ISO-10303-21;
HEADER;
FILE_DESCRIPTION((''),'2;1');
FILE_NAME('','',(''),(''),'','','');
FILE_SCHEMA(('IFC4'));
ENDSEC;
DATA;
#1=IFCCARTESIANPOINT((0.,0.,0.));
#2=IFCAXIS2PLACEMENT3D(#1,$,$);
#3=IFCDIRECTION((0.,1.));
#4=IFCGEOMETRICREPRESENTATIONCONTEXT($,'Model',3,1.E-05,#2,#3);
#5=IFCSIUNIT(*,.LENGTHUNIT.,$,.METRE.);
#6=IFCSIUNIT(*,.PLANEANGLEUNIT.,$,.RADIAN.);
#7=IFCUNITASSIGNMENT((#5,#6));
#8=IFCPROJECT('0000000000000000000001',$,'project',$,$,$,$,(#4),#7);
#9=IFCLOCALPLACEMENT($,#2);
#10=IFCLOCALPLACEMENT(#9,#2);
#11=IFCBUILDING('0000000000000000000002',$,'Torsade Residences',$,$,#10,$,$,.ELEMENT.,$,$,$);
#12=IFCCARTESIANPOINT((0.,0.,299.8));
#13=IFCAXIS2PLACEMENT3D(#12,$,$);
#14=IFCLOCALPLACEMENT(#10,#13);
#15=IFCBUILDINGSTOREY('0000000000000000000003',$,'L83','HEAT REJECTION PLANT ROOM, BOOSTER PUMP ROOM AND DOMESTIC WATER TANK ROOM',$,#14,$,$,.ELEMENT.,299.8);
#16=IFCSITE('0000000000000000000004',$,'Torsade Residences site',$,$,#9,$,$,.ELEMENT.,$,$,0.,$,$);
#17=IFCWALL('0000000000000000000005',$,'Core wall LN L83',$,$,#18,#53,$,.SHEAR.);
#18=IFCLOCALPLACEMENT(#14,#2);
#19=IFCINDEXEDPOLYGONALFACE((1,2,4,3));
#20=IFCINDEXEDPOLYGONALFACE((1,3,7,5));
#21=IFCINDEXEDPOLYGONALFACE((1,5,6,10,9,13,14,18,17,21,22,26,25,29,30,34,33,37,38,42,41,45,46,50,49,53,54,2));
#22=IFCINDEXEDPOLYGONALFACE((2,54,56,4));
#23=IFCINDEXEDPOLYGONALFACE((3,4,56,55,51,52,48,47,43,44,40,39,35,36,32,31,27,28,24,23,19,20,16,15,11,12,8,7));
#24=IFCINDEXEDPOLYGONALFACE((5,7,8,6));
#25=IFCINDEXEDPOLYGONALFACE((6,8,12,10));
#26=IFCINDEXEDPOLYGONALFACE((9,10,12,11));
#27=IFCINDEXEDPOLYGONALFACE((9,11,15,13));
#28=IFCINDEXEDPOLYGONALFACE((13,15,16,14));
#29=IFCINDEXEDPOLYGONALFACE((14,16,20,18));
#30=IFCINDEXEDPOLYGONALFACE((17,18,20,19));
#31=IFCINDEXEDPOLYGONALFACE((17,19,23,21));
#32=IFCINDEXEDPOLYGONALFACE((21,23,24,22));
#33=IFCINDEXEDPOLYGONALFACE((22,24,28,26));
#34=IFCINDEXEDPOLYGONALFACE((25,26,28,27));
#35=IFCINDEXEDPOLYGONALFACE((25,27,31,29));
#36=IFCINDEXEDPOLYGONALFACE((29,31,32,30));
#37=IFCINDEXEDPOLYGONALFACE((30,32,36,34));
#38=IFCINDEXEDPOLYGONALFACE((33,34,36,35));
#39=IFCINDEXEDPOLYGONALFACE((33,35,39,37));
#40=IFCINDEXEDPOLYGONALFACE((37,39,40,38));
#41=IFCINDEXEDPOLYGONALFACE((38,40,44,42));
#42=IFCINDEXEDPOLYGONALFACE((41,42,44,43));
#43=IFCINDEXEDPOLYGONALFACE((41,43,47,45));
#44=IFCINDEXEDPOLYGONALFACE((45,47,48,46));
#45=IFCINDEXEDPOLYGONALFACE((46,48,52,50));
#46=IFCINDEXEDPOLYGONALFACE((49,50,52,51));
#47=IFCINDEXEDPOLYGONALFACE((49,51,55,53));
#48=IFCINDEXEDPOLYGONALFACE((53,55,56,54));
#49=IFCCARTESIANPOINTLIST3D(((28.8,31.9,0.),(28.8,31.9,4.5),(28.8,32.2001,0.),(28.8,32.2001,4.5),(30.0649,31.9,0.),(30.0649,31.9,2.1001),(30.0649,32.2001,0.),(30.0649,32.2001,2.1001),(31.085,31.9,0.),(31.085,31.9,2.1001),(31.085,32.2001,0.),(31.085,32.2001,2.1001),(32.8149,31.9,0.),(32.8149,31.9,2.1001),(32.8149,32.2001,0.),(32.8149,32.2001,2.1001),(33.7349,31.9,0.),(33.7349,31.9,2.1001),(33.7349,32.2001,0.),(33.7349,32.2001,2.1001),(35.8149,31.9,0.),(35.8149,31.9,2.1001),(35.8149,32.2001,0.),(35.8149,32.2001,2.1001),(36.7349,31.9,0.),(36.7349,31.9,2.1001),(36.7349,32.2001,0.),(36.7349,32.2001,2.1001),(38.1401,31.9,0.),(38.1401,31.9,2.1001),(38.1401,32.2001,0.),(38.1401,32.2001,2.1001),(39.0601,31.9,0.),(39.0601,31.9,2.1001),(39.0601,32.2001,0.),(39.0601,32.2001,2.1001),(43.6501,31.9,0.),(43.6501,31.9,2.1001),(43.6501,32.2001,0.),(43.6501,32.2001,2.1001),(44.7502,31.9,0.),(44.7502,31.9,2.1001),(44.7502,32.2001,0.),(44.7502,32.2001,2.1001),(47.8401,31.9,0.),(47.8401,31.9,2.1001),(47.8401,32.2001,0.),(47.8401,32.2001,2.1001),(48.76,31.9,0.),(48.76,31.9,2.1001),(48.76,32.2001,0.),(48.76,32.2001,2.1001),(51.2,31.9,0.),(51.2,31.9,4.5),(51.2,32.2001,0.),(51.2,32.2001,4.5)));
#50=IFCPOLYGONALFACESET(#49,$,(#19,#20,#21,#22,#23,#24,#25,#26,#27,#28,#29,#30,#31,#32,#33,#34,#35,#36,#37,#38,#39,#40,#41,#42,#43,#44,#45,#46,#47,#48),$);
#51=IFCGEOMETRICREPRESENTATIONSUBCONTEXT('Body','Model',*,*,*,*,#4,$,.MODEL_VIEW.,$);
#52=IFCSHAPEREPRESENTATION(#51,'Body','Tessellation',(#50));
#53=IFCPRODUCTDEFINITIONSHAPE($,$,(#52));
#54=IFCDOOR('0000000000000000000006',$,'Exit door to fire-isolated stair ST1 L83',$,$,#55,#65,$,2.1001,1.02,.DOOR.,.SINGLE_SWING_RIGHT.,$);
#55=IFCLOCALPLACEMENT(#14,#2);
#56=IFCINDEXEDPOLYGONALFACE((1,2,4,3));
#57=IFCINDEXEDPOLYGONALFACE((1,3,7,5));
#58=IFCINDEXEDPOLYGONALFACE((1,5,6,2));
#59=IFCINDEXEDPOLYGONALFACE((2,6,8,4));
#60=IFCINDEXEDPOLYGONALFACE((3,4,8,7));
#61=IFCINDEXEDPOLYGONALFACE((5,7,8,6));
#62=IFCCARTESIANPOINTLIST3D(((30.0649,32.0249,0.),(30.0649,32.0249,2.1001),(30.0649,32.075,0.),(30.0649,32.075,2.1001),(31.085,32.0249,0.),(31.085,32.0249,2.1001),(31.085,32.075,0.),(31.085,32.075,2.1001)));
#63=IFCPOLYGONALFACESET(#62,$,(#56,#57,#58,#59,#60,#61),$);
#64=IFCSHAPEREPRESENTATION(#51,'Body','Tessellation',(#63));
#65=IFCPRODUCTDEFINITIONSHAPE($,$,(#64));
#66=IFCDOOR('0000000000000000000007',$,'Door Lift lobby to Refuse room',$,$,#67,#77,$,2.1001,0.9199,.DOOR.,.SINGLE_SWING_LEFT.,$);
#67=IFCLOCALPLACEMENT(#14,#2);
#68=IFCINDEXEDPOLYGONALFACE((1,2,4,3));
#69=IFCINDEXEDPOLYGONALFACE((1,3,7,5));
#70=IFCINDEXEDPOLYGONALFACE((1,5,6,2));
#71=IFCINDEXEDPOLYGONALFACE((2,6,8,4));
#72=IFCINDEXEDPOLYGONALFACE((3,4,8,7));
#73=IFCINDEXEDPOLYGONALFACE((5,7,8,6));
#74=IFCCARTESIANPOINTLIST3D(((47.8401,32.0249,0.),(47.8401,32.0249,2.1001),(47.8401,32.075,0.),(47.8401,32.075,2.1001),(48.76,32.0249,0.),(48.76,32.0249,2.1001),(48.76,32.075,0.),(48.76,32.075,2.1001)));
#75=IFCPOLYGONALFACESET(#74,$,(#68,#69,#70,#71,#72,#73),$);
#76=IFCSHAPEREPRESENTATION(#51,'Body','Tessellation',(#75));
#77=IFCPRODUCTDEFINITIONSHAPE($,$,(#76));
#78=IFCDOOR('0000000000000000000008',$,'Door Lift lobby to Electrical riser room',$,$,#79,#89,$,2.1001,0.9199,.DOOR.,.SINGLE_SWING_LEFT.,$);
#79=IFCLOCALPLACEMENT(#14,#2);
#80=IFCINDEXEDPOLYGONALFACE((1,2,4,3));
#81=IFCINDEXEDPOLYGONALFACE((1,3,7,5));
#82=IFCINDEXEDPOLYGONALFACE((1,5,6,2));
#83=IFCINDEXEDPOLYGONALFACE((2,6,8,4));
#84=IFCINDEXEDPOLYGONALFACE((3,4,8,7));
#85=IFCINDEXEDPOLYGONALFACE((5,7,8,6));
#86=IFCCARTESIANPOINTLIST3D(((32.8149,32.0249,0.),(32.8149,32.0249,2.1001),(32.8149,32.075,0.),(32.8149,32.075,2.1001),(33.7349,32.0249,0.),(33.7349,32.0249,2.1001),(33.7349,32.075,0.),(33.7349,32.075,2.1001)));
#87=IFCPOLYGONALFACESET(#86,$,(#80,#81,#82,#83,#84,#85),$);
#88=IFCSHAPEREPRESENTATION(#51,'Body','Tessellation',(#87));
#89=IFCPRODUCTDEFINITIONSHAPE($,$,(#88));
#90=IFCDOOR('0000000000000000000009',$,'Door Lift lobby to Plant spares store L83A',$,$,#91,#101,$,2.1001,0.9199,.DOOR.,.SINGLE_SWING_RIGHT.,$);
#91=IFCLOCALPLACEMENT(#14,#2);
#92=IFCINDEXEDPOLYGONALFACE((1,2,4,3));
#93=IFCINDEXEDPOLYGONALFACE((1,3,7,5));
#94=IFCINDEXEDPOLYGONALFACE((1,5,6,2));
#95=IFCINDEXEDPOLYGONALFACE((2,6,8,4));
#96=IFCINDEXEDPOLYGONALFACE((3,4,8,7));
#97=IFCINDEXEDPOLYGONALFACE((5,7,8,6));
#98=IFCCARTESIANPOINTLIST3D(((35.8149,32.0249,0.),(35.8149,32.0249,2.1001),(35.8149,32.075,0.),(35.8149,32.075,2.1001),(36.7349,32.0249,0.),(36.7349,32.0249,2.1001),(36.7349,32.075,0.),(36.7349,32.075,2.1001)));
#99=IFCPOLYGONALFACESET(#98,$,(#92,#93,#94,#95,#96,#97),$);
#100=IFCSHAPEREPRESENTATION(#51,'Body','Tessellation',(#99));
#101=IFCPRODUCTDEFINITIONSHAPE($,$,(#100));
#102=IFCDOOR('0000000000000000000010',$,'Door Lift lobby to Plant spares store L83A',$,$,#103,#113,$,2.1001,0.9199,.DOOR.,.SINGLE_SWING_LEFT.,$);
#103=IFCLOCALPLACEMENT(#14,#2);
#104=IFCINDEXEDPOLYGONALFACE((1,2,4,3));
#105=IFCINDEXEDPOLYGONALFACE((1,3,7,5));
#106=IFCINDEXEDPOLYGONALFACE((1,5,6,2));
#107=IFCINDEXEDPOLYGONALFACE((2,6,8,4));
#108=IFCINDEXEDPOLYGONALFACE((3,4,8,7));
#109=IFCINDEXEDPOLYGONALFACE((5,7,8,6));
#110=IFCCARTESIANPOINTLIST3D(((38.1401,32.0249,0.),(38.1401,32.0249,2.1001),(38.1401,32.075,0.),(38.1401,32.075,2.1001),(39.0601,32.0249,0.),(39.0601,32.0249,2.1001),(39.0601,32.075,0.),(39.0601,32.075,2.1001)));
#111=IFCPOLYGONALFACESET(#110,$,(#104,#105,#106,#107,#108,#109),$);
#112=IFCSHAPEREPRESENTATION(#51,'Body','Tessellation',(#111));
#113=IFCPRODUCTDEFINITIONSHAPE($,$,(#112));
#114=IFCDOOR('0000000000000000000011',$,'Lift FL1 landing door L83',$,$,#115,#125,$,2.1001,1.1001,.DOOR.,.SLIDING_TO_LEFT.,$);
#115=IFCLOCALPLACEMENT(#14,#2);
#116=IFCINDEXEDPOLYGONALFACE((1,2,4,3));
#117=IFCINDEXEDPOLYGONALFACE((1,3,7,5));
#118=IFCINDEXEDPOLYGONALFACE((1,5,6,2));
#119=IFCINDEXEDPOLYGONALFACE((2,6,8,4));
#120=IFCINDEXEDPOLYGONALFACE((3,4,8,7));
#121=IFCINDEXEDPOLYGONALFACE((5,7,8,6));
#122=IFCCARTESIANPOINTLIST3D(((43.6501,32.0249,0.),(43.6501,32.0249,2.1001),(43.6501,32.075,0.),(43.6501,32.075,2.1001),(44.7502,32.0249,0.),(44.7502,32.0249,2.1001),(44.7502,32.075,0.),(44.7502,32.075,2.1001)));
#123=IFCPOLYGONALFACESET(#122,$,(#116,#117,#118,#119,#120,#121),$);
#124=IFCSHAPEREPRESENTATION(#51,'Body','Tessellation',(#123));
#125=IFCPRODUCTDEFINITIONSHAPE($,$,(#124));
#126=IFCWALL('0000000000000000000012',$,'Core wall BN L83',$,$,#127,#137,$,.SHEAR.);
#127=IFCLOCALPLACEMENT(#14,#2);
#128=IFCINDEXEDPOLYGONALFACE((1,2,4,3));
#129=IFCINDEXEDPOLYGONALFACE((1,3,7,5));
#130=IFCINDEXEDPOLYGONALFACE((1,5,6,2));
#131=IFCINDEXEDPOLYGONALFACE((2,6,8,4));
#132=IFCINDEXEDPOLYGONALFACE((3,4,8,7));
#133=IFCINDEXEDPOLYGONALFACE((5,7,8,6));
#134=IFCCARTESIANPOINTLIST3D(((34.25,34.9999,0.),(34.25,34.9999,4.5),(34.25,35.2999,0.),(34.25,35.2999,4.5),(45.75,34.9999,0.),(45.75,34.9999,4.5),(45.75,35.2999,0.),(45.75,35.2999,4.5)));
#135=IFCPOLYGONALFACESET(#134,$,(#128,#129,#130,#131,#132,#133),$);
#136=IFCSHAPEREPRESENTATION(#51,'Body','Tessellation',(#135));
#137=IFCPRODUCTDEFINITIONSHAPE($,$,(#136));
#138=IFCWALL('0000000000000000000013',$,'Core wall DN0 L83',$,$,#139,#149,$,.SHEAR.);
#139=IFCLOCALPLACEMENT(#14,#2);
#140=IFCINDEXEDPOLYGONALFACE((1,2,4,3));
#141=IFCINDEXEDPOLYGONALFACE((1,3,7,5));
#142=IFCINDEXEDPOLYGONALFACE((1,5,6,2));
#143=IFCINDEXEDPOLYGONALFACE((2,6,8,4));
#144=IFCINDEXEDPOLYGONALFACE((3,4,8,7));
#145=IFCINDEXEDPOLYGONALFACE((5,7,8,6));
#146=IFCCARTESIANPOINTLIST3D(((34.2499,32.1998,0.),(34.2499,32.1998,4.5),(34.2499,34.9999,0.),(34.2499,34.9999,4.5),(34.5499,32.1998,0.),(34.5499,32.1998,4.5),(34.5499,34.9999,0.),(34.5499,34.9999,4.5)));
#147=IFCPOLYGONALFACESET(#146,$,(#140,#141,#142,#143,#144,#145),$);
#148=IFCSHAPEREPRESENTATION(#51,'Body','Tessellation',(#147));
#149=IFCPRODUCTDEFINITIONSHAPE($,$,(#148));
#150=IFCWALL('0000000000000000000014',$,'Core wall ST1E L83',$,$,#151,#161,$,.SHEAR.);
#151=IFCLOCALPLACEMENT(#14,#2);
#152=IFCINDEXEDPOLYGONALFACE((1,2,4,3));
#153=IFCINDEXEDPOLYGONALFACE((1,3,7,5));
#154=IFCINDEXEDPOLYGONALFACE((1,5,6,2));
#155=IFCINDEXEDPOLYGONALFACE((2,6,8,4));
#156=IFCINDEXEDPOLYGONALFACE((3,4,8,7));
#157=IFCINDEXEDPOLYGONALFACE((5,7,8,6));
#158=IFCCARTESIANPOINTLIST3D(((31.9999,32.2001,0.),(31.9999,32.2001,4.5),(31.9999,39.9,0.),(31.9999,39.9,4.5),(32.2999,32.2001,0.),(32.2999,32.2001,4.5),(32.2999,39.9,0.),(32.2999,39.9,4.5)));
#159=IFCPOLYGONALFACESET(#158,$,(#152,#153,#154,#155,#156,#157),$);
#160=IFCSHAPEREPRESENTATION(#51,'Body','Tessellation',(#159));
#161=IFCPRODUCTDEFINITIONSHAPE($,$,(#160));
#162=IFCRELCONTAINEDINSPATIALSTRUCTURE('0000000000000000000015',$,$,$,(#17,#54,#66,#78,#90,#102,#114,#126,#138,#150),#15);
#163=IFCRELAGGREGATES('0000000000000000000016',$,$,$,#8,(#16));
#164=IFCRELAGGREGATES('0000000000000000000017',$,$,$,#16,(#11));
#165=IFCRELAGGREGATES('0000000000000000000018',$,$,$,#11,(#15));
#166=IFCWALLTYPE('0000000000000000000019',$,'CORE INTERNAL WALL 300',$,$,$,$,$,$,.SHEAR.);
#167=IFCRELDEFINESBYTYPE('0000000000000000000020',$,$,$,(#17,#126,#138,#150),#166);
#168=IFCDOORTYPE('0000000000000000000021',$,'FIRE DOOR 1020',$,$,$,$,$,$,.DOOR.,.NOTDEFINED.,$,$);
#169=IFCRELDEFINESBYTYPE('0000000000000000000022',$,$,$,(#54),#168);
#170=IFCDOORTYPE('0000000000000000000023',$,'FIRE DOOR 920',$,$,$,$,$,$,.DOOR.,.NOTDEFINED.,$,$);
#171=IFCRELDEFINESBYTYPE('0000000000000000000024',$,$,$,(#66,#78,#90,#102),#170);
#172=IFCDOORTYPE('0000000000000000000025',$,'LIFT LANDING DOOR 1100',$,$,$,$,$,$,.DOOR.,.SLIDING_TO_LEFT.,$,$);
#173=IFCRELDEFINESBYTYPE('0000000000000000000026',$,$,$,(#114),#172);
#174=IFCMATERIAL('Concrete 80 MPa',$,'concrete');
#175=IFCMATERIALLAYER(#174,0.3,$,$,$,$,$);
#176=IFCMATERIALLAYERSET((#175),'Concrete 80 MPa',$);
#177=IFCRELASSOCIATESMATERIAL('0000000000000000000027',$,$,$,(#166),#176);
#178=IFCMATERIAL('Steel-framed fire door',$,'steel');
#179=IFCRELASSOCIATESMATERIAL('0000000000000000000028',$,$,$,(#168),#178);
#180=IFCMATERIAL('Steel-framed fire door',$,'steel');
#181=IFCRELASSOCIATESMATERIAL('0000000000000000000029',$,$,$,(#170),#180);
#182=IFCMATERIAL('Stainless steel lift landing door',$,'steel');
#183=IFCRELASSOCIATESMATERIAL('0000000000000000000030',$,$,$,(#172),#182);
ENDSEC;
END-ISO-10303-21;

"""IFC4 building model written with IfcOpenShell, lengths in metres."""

from ifc_helpers import new_model, si_unit, direction, frame, frame_2d, origin, place, context, subcontext, project, spatial, rectangle, extrude, material, layer, layer_set, type_object, element, fill, save


model = new_model("IFC4")

# Units and contexts
model_context = context("Model", 3, precision=1e-05, world=origin(), true_north=direction((0.0, 1.0)))
body_context = subcontext(model_context, "Body", "Model", "MODEL_VIEW")
ifc_project = project(units=[si_unit("LENGTHUNIT", "METRE"), si_unit("PLANEANGLEUNIT", "RADIAN")], contexts=[model_context])

# Site, building, storey
site_placement = place(None, origin())
site = spatial("IfcSite", under=ifc_project, at=site_placement, Name="Torsade Residences site", CompositionType="ELEMENT", RefElevation=0.0)
building_placement = place(site_placement, origin())
building = spatial("IfcBuilding", under=site, at=building_placement, Name="Torsade Residences", CompositionType="ELEMENT")
storey_placement = place(building_placement, frame((0.0, 0.0, 299.8)))
storey = spatial("IfcBuildingStorey", under=building, at=storey_placement, Name="L83", Description="HEAT REJECTION PLANT ROOM, BOOSTER PUMP ROOM AND DOMESTIC WATER TANK ROOM", CompositionType="ELEMENT", Elevation=299.8)

# Wall, openings, doors
ifc_material_1 = material(Name="Concrete 80 MPa", Category="concrete")
ifc_layer_1 = layer(ifc_material_1, 0.3)
ifc_layer_set_1 = layer_set([ifc_layer_1], Name="Concrete 80 MPa")
wall_type_1 = type_object("IfcWallType", Name="CORE INTERNAL WALL 300", PredefinedType="SHEAR", material=ifc_layer_set_1)
wall_1_placement = place(storey_placement, frame((28.8, 32.05, 0.0), z_axis=(0.0, 0.0, 1.0), x_axis=(1.0, 0.0, 0.0)))
wall_1 = element("IfcWall", 1, at=wall_1_placement, inside=storey, type_object=wall_type_1, Name="Core wall LN L83", PredefinedType="SHEAR", context=body_context, shape_type="SweptSolid", body=[
    extrude(rectangle(XDim=22.3999, YDim=0.3, at=frame_2d((11.2, 0.0))), origin(), (0.0, 0.0, 1.0), 4.5),
])
opening_1_placement = place(wall_1_placement, frame((19.04, 0.0, 0.0)))
opening_1 = element("IfcOpeningElement", 2, at=opening_1_placement, cuts=wall_1, PredefinedType="OPENING", context=body_context, shape_type="SweptSolid", body=[
    extrude(rectangle(XDim=0.9199, YDim=2.1001, at=frame_2d((0.46, 1.05))), frame((0.0, 0.1599, 0.0), z_axis=(0.0, -1.0, 0.0), x_axis=(1.0, 0.0, 0.0)), (0.0, 0.0, 1.0), 0.3201),
])
opening_2_placement = place(wall_1_placement, frame((1.2649, 0.0, 0.0)))
opening_2 = element("IfcOpeningElement", 3, at=opening_2_placement, cuts=wall_1, PredefinedType="OPENING", context=body_context, shape_type="SweptSolid", body=[
    extrude(rectangle(XDim=1.02, YDim=2.1001, at=frame_2d((0.51, 1.05))), frame((0.0, 0.1599, 0.0), z_axis=(0.0, -1.0, 0.0), x_axis=(1.0, 0.0, 0.0)), (0.0, 0.0, 1.0), 0.3201),
])
opening_3_placement = place(wall_1_placement, frame((4.0149, 0.0, 0.0)))
opening_3 = element("IfcOpeningElement", 4, at=opening_3_placement, cuts=wall_1, PredefinedType="OPENING", context=body_context, shape_type="SweptSolid", body=[
    extrude(rectangle(XDim=0.9199, YDim=2.1001, at=frame_2d((0.46, 1.05))), frame((0.0, 0.1599, 0.0), z_axis=(0.0, -1.0, 0.0), x_axis=(1.0, 0.0, 0.0)), (0.0, 0.0, 1.0), 0.3201),
])
opening_4_placement = place(wall_1_placement, frame((7.0149, 0.0, 0.0)))
opening_4 = element("IfcOpeningElement", 5, at=opening_4_placement, cuts=wall_1, PredefinedType="OPENING", context=body_context, shape_type="SweptSolid", body=[
    extrude(rectangle(XDim=0.9199, YDim=2.1001, at=frame_2d((0.46, 1.05))), frame((0.0, 0.1599, 0.0), z_axis=(0.0, -1.0, 0.0), x_axis=(1.0, 0.0, 0.0)), (0.0, 0.0, 1.0), 0.3201),
])
opening_5_placement = place(wall_1_placement, frame((9.3401, 0.0, 0.0)))
opening_5 = element("IfcOpeningElement", 6, at=opening_5_placement, cuts=wall_1, PredefinedType="OPENING", context=body_context, shape_type="SweptSolid", body=[
    extrude(rectangle(XDim=0.9199, YDim=2.1001, at=frame_2d((0.46, 1.05))), frame((0.0, 0.1599, 0.0), z_axis=(0.0, -1.0, 0.0), x_axis=(1.0, 0.0, 0.0)), (0.0, 0.0, 1.0), 0.3201),
])
opening_6_placement = place(wall_1_placement, frame((14.8501, 0.0, 0.0)))
opening_6 = element("IfcOpeningElement", 7, at=opening_6_placement, cuts=wall_1, PredefinedType="OPENING", context=body_context, shape_type="SweptSolid", body=[
    extrude(rectangle(XDim=1.1001, YDim=2.1001, at=frame_2d((0.55, 1.05))), frame((0.0, 0.1599, 0.0), z_axis=(0.0, -1.0, 0.0), x_axis=(1.0, 0.0, 0.0)), (0.0, 0.0, 1.0), 0.3201),
])
ifc_material_2 = material(Name="Steel-framed fire door", Category="steel")
door_type_1 = type_object("IfcDoorType", Name="FIRE DOOR 1020", OperationType="NOTDEFINED", PredefinedType="DOOR", material=ifc_material_2)
door_1_placement = place(opening_2_placement, origin())
door_1 = element("IfcDoor", 8, at=door_1_placement, inside=storey, type_object=door_type_1, Name="Exit door to fire-isolated stair ST1 L83", OperationType="SINGLE_SWING_RIGHT", OverallHeight=2.1001, OverallWidth=1.02, PredefinedType="DOOR", context=body_context, shape_type="SweptSolid", body=[
    extrude(rectangle(XDim=1.02, YDim=2.1001, at=frame_2d((0.51, 1.05))), frame((0.0, 0.0249, 0.0), z_axis=(0.0, -1.0, 0.0), x_axis=(1.0, 0.0, 0.0)), (0.0, 0.0, 1.0), 0.05),
])
fill(opening_2, door_1)
ifc_material_3 = material(Name="Steel-framed fire door", Category="steel")
door_type_2 = type_object("IfcDoorType", Name="FIRE DOOR 920", OperationType="NOTDEFINED", PredefinedType="DOOR", material=ifc_material_3)
door_2_placement = place(opening_1_placement, origin())
door_2 = element("IfcDoor", 9, at=door_2_placement, inside=storey, type_object=door_type_2, Name="Door Lift lobby to Refuse room", OperationType="SINGLE_SWING_LEFT", OverallHeight=2.1001, OverallWidth=0.9199, PredefinedType="DOOR", context=body_context, shape_type="SweptSolid", body=[
    extrude(rectangle(XDim=0.9199, YDim=2.1001, at=frame_2d((0.46, 1.05))), frame((0.0, 0.0249, 0.0), z_axis=(0.0, -1.0, 0.0), x_axis=(1.0, 0.0, 0.0)), (0.0, 0.0, 1.0), 0.05),
])
fill(opening_1, door_2)
door_3_placement = place(opening_3_placement, origin())
door_3 = element("IfcDoor", 10, at=door_3_placement, inside=storey, type_object=door_type_2, Name="Door Lift lobby to Electrical riser room", OperationType="SINGLE_SWING_LEFT", OverallHeight=2.1001, OverallWidth=0.9199, PredefinedType="DOOR", context=body_context, shape_type="SweptSolid", body=[
    extrude(rectangle(XDim=0.9199, YDim=2.1001, at=frame_2d((0.46, 1.05))), frame((0.0, 0.0249, 0.0), z_axis=(0.0, -1.0, 0.0), x_axis=(1.0, 0.0, 0.0)), (0.0, 0.0, 1.0), 0.05),
])
fill(opening_3, door_3)
door_4_placement = place(opening_4_placement, origin())
door_4 = element("IfcDoor", 11, at=door_4_placement, inside=storey, type_object=door_type_2, Name="Door Lift lobby to Plant spares store L83A", OperationType="SINGLE_SWING_RIGHT", OverallHeight=2.1001, OverallWidth=0.9199, PredefinedType="DOOR", context=body_context, shape_type="SweptSolid", body=[
    extrude(rectangle(XDim=0.9199, YDim=2.1001, at=frame_2d((0.46, 1.05))), frame((0.0, 0.0249, 0.0), z_axis=(0.0, -1.0, 0.0), x_axis=(1.0, 0.0, 0.0)), (0.0, 0.0, 1.0), 0.05),
])
fill(opening_4, door_4)
door_5_placement = place(opening_5_placement, origin())
door_5 = element("IfcDoor", 12, at=door_5_placement, inside=storey, type_object=door_type_2, Name="Door Lift lobby to Plant spares store L83A", OperationType="SINGLE_SWING_LEFT", OverallHeight=2.1001, OverallWidth=0.9199, PredefinedType="DOOR", context=body_context, shape_type="SweptSolid", body=[
    extrude(rectangle(XDim=0.9199, YDim=2.1001, at=frame_2d((0.46, 1.05))), frame((0.0, 0.0249, 0.0), z_axis=(0.0, -1.0, 0.0), x_axis=(1.0, 0.0, 0.0)), (0.0, 0.0, 1.0), 0.05),
])
fill(opening_5, door_5)
ifc_material_4 = material(Name="Stainless steel lift landing door", Category="steel")
door_type_3 = type_object("IfcDoorType", Name="LIFT LANDING DOOR 1100", OperationType="SLIDING_TO_LEFT", PredefinedType="DOOR", material=ifc_material_4)
door_6_placement = place(opening_6_placement, origin())
door_6 = element("IfcDoor", 13, at=door_6_placement, inside=storey, type_object=door_type_3, Name="Lift FL1 landing door L83", OperationType="SLIDING_TO_LEFT", OverallHeight=2.1001, OverallWidth=1.1001, PredefinedType="DOOR", context=body_context, shape_type="SweptSolid", body=[
    extrude(rectangle(XDim=1.1001, YDim=2.1001, at=frame_2d((0.55, 1.05))), frame((0.0, 0.0249, 0.0), z_axis=(0.0, -1.0, 0.0), x_axis=(1.0, 0.0, 0.0)), (0.0, 0.0, 1.0), 0.05),
])
fill(opening_6, door_6)

# Walls
wall_2_placement = place(storey_placement, frame((34.25, 35.1499, 0.0), z_axis=(0.0, 0.0, 1.0), x_axis=(1.0, 0.0, 0.0)))
element("IfcWall", 14, at=wall_2_placement, inside=storey, type_object=wall_type_1, Name="Core wall BN L83", PredefinedType="SHEAR", context=body_context, shape_type="SweptSolid", body=[
    extrude(rectangle(XDim=11.5, YDim=0.3, at=frame_2d((5.75, 0.0))), origin(), (0.0, 0.0, 1.0), 4.5),
])
wall_3_placement = place(storey_placement, frame((34.3999, 32.2, 0.0), z_axis=(0.0, 0.0, 1.0), x_axis=(0.0, 1.0, 0.0)))
element("IfcWall", 15, at=wall_3_placement, inside=storey, type_object=wall_type_1, Name="Core wall DN0 L83", PredefinedType="SHEAR", context=body_context, shape_type="SweptSolid", body=[
    extrude(rectangle(XDim=2.8, YDim=0.3, at=frame_2d((1.3999, 0.0))), origin(), (0.0, 0.0, 1.0), 4.5),
])
wall_4_placement = place(storey_placement, frame((32.1499, 32.2, 0.0), z_axis=(0.0, 0.0, 1.0), x_axis=(0.0, 1.0, 0.0)))
element("IfcWall", 16, at=wall_4_placement, inside=storey, type_object=wall_type_1, Name="Core wall ST1E L83", PredefinedType="SHEAR", context=body_context, shape_type="SweptSolid", body=[
    extrude(rectangle(XDim=7.7, YDim=0.3, at=frame_2d((3.8501, 0.0))), origin(), (0.0, 0.0, 1.0), 4.5),
])

save(model, "model.ifc")
